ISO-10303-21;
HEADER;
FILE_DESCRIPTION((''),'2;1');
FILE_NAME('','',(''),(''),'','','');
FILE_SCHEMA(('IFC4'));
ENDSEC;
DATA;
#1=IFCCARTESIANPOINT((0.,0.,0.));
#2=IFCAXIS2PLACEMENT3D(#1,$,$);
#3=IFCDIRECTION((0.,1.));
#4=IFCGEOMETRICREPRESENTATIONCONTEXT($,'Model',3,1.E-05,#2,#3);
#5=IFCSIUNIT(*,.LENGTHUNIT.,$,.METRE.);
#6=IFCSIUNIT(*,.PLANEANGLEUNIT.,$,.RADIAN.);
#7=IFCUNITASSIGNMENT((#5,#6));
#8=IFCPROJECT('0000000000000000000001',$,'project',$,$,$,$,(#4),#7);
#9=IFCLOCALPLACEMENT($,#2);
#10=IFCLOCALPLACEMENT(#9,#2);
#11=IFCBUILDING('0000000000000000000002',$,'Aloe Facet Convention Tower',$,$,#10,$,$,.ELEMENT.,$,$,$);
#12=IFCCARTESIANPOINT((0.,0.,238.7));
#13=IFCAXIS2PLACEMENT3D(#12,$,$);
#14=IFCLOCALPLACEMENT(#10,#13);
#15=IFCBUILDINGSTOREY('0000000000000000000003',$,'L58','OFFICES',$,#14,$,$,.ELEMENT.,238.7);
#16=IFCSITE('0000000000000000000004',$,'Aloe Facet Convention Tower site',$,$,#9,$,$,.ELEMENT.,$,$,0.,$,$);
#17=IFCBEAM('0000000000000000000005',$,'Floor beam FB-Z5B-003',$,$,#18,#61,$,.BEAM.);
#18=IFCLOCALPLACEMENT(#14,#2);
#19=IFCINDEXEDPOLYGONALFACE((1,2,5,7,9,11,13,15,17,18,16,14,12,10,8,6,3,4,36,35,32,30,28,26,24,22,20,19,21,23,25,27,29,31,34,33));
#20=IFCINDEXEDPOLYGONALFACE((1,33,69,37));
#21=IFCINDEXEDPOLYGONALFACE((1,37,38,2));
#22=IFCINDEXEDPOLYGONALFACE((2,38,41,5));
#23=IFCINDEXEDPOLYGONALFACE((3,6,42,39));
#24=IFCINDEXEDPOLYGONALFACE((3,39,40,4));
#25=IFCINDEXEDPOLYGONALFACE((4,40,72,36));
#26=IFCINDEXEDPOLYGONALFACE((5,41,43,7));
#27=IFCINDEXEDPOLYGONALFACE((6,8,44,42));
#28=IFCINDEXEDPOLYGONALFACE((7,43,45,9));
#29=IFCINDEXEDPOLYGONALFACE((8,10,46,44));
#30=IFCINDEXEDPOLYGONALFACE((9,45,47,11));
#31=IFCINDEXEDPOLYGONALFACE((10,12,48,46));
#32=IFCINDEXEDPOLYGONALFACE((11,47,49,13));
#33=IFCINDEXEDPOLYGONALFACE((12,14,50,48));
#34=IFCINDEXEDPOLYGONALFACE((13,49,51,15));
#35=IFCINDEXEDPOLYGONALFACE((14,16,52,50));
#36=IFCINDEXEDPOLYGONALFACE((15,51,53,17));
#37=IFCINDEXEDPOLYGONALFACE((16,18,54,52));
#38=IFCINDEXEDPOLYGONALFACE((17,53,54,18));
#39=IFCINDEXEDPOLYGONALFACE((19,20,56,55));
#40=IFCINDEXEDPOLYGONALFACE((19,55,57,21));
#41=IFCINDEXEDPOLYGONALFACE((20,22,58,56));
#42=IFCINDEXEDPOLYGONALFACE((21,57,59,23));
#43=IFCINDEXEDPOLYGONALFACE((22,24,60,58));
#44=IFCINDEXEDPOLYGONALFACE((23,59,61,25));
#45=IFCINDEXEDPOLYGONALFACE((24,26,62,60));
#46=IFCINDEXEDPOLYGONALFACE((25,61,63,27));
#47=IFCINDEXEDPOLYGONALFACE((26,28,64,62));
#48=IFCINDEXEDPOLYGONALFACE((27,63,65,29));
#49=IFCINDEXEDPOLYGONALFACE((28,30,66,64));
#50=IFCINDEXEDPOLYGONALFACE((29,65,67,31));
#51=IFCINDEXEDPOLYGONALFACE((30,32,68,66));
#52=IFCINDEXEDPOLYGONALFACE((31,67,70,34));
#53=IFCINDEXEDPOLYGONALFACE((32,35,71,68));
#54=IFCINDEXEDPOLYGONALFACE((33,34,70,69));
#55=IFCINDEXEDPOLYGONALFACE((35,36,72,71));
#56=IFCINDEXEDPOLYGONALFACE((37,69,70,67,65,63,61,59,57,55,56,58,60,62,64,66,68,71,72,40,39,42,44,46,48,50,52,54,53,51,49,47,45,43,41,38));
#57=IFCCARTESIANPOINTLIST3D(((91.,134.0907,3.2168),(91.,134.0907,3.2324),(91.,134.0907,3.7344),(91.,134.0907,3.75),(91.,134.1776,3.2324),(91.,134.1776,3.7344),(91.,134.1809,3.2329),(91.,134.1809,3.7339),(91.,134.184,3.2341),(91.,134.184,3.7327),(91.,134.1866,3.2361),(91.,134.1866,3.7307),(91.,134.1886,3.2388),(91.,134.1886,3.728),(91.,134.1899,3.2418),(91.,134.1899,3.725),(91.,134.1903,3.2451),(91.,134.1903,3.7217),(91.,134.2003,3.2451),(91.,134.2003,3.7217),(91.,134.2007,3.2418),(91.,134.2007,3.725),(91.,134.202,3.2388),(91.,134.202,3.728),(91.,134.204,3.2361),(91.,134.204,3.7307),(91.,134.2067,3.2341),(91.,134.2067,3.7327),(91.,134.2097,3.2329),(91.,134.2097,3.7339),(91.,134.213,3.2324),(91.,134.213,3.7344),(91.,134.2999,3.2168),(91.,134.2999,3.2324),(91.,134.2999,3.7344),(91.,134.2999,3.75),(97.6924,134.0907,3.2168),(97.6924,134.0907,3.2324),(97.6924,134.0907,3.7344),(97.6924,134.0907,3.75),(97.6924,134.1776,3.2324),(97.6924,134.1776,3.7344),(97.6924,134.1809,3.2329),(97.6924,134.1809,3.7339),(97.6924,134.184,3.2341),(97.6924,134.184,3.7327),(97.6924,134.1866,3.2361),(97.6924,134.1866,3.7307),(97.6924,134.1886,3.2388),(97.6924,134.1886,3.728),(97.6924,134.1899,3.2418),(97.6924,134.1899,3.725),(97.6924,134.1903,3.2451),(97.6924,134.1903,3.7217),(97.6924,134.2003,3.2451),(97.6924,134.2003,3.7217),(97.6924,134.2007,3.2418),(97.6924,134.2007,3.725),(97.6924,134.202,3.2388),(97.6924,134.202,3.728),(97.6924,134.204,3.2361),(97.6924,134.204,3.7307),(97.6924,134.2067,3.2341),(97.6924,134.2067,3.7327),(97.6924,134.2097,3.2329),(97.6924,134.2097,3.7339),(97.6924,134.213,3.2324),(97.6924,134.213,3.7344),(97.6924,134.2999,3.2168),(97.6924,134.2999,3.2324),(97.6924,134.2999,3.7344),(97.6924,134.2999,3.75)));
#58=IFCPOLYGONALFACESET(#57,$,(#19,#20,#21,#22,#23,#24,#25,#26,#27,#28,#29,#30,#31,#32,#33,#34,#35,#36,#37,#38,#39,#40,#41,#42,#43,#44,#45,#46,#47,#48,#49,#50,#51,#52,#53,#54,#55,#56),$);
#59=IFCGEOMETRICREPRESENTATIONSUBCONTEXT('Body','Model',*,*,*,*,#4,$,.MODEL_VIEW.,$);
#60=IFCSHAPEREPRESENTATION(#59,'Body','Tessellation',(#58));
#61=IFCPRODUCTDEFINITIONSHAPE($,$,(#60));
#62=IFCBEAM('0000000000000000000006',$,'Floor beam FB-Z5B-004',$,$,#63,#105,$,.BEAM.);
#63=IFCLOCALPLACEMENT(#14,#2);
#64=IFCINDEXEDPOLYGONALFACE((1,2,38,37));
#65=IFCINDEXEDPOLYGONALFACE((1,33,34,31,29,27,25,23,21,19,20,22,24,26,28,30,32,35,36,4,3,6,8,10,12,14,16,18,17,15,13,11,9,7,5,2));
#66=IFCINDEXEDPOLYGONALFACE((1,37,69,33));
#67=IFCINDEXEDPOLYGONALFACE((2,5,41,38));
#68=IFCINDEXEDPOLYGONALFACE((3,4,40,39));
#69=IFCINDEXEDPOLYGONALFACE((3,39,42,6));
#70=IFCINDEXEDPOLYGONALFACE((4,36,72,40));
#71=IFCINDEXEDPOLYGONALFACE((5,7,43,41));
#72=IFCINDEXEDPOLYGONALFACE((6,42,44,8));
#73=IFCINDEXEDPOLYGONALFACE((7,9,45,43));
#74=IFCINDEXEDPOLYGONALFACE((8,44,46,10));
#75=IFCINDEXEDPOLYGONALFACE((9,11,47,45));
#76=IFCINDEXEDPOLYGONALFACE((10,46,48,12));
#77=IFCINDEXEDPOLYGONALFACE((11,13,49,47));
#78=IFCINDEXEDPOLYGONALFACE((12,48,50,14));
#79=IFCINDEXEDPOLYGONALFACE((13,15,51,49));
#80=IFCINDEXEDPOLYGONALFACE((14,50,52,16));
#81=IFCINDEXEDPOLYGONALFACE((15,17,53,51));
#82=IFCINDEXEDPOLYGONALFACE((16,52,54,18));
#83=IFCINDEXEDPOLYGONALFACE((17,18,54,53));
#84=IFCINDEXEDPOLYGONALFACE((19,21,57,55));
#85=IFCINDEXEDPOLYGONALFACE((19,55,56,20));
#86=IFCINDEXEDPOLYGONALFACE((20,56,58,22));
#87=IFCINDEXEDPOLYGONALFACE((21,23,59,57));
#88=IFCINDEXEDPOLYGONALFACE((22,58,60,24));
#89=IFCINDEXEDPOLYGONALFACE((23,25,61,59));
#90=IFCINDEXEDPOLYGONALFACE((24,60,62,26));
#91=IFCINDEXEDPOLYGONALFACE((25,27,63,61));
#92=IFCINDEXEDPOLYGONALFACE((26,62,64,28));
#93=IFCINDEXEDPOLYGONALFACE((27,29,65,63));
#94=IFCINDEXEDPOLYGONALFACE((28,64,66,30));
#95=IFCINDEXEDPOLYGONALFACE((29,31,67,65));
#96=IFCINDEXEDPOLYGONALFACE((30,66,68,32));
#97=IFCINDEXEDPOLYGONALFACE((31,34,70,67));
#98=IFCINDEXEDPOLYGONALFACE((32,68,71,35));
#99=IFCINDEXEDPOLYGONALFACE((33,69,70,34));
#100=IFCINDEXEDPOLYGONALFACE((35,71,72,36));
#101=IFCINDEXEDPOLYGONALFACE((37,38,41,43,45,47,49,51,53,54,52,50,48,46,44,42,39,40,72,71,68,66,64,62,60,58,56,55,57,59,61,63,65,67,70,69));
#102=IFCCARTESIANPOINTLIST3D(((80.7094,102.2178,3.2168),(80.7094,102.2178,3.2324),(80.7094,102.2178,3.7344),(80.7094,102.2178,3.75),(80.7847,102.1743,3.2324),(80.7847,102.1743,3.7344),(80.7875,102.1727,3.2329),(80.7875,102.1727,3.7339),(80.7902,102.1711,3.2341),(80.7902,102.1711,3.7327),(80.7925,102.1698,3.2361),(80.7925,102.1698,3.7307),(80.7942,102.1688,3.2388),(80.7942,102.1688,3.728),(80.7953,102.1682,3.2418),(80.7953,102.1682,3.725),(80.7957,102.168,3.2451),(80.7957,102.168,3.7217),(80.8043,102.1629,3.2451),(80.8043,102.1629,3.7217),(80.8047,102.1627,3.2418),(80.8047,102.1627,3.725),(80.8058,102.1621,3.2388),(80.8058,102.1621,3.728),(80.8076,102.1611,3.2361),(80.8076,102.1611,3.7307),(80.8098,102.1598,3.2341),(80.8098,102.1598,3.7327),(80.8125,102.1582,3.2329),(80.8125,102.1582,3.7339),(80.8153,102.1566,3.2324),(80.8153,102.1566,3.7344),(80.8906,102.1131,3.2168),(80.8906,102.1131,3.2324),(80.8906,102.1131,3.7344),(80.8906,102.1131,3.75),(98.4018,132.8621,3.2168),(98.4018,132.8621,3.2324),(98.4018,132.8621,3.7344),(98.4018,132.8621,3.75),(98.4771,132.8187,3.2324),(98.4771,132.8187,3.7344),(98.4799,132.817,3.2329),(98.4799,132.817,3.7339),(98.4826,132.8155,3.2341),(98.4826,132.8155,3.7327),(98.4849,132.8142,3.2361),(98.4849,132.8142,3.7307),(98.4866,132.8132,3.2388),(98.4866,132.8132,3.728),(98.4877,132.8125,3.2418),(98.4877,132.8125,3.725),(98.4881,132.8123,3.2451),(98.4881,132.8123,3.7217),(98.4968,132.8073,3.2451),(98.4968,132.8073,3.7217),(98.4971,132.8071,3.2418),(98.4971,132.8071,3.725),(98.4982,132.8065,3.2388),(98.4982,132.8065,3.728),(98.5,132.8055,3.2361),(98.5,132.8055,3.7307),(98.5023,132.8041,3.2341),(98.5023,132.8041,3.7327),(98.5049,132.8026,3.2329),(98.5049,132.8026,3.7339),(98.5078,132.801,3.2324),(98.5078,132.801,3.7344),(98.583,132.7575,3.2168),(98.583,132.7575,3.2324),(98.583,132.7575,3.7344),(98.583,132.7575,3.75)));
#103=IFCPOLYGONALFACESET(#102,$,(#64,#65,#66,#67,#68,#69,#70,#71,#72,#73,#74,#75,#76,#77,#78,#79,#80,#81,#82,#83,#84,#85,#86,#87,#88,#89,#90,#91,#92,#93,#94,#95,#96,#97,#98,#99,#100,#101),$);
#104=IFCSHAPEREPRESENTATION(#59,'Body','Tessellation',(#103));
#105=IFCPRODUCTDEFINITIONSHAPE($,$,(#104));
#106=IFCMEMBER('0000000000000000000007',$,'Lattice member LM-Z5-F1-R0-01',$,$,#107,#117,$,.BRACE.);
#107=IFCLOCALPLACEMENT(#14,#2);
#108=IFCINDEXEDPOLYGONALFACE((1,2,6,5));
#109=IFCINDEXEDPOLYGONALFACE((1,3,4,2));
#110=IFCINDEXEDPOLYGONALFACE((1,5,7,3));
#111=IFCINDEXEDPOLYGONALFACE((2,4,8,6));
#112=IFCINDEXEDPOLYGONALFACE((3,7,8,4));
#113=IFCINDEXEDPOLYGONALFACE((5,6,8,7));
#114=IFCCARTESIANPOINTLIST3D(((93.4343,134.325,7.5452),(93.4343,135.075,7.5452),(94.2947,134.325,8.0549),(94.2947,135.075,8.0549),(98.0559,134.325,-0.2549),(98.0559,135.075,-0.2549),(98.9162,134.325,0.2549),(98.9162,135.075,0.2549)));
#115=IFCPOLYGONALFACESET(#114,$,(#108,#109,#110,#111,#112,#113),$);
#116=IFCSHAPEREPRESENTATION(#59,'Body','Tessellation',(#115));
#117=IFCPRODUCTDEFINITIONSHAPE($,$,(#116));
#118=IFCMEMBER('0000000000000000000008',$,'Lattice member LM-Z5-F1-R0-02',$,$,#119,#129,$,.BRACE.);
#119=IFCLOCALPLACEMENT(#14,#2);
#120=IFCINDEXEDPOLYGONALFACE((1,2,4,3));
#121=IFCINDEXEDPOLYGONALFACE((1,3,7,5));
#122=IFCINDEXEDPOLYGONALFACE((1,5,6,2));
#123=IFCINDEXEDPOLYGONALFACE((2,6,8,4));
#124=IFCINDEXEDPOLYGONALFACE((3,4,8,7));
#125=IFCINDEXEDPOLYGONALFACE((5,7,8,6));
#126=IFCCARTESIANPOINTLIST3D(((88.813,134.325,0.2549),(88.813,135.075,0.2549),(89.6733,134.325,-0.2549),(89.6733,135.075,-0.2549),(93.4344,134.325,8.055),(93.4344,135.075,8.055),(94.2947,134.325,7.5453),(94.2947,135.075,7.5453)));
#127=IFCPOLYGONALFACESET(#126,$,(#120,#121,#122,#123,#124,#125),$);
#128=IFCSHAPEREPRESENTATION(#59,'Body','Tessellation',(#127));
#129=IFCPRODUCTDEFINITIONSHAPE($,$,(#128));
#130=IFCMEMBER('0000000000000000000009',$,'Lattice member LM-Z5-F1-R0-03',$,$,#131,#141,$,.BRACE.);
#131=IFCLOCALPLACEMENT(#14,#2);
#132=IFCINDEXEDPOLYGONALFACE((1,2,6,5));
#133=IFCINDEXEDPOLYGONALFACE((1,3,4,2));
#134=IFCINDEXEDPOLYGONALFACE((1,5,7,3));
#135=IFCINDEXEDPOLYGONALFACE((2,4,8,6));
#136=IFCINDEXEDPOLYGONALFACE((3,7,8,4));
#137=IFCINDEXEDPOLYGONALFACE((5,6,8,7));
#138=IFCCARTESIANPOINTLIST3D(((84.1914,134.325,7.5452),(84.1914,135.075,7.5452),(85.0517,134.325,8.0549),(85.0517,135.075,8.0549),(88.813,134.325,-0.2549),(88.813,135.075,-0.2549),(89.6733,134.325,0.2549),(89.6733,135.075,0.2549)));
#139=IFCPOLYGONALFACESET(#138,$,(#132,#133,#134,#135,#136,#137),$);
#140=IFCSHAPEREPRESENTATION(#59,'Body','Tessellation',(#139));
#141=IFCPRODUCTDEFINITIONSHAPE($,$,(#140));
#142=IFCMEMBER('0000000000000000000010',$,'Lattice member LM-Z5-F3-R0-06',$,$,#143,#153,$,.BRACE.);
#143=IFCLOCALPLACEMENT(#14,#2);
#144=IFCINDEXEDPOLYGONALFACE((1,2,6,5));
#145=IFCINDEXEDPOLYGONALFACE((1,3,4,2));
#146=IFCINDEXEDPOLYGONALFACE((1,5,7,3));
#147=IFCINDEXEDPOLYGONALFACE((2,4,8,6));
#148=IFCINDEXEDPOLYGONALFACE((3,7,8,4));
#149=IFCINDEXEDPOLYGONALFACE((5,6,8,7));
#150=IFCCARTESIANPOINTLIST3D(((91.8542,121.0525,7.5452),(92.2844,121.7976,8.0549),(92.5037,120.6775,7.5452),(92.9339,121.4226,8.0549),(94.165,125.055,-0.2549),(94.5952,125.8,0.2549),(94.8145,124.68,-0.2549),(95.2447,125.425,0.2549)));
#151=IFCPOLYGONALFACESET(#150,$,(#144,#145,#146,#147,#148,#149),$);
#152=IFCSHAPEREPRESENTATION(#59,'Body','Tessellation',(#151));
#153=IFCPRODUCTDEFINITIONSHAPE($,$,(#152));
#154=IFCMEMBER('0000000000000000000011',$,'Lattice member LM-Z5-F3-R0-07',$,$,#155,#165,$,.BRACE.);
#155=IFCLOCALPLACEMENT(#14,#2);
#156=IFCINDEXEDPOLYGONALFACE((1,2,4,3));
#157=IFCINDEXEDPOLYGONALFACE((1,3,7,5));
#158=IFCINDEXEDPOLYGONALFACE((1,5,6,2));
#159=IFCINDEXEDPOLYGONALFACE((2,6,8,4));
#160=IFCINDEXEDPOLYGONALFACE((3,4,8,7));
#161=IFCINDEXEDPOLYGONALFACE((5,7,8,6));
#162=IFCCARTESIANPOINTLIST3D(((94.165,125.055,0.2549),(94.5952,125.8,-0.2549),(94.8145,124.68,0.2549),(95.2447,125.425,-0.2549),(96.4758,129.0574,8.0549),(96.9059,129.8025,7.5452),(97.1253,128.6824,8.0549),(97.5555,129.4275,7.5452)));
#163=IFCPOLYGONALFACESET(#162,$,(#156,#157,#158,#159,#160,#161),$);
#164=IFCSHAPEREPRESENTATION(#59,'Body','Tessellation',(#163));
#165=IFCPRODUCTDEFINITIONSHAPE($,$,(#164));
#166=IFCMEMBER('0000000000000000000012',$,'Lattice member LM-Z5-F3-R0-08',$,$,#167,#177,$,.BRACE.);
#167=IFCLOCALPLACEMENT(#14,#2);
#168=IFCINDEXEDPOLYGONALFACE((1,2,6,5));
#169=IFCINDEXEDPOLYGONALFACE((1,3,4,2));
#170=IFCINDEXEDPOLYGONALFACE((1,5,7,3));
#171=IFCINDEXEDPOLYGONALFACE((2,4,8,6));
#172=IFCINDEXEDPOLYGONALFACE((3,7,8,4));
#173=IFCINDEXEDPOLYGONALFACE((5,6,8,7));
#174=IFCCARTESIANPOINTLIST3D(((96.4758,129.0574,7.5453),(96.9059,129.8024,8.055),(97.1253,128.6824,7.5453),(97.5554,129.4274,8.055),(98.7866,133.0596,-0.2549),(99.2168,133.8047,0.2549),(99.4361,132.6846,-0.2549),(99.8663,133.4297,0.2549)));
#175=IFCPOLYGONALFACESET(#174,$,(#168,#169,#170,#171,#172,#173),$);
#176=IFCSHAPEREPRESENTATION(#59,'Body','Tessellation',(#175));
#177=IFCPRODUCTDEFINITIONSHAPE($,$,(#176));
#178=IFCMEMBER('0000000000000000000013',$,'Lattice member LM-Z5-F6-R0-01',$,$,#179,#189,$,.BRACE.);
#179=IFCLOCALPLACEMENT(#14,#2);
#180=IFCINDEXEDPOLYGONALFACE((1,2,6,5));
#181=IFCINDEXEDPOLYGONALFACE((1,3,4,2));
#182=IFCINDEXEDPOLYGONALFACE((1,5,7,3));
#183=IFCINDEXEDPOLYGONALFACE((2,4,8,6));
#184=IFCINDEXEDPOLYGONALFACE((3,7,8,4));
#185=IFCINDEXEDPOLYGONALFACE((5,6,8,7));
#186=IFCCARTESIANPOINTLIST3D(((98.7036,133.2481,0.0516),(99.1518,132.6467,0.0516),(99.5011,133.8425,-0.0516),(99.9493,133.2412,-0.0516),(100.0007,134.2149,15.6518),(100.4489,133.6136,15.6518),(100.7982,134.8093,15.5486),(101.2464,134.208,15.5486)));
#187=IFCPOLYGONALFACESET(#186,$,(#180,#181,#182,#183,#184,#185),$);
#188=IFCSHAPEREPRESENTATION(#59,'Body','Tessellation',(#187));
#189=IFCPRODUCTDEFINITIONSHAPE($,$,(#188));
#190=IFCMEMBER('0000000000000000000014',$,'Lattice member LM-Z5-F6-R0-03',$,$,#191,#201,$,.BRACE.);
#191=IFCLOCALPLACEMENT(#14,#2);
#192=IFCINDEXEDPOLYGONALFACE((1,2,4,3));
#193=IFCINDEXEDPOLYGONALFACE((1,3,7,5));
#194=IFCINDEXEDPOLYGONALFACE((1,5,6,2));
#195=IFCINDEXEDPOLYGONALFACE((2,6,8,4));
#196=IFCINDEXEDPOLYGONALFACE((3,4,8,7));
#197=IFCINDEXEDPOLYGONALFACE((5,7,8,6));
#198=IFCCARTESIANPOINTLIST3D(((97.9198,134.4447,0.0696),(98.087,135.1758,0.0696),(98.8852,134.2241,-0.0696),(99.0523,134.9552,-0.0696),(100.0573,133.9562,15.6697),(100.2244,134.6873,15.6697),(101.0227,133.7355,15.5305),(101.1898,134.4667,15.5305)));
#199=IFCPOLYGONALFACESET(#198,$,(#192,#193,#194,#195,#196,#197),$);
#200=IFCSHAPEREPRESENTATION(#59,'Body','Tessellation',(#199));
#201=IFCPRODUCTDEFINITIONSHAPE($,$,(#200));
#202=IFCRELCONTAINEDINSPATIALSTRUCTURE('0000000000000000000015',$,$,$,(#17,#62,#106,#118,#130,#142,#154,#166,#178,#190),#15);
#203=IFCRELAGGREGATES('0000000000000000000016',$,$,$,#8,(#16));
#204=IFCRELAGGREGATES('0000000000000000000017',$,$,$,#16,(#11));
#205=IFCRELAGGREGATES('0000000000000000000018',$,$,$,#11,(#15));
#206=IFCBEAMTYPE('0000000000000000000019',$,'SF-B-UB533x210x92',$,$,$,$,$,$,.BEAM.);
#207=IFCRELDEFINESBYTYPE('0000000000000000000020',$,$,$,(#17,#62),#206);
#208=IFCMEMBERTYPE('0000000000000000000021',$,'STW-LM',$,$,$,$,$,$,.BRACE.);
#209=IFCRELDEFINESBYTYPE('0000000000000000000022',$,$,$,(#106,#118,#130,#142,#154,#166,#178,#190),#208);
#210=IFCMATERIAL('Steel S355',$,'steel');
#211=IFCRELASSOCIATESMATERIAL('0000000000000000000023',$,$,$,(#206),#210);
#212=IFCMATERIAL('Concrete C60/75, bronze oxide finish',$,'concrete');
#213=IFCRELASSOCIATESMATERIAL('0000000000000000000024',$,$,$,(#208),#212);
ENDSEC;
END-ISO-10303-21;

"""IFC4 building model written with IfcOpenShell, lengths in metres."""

from ifc_helpers import new_model, si_unit, direction, frame, origin, origin_2d, place, context, subcontext, project, spatial, rectangle, i_section, extrude, material, material_profile, profile_set, type_object, element, save


model = new_model("IFC4")

# Units and contexts
model_context = context("Model", 3, precision=1e-05, world=origin(), true_north=direction((0.0, 1.0)))
body_context = subcontext(model_context, "Body", "Model", "MODEL_VIEW")
ifc_project = project(units=[si_unit("LENGTHUNIT", "METRE"), si_unit("PLANEANGLEUNIT", "RADIAN")], contexts=[model_context])

# Site, building, storey
site_placement = place(None, origin())
site = spatial("IfcSite", under=ifc_project, at=site_placement, Name="Aloe Facet Convention Tower site", CompositionType="ELEMENT", RefElevation=0.0)
building_placement = place(site_placement, origin())
building = spatial("IfcBuilding", under=site, at=building_placement, Name="Aloe Facet Convention Tower", CompositionType="ELEMENT")
storey_placement = place(building_placement, frame((0.0, 0.0, 238.7)))
storey = spatial("IfcBuildingStorey", under=building, at=storey_placement, Name="L58", Description="OFFICES", CompositionType="ELEMENT", Elevation=238.7)

# Beams
ifc_material_1 = material(Name="Steel S355", Category="steel")
ifc_material_profile_1 = material_profile(ifc_material_1, i_section(OverallWidth=0.2092, OverallDepth=0.5332, WebThickness=0.01, FlangeThickness=0.0156, FilletRadius=0.0127, at=origin_2d()), Name="UB 533x210x92")
ifc_profile_set_1 = profile_set([ifc_material_profile_1], Name="Steel S355")
beam_type_1 = type_object("IfcBeamType", Name="SF-B-UB533x210x92", PredefinedType="BEAM", material=ifc_profile_set_1)
beam_1_placement = place(storey_placement, frame((91.0, 134.1953, 3.4834), z_axis=(1.0, 0.0, 0.0), x_axis=(0.0, 1.0, 0.0)))
element("IfcBeam", 1, at=beam_1_placement, inside=storey, type_object=beam_type_1, Name="Floor beam FB-Z5B-003", PredefinedType="BEAM", context=body_context, shape_type="SweptSolid", body=[
    extrude(i_section(OverallWidth=0.2092, OverallDepth=0.5332, WebThickness=0.01, FlangeThickness=0.0156, FilletRadius=0.0127, at=origin_2d()), origin(), (0.0, 0.0, 1.0), 6.6924),
])
beam_2_placement = place(storey_placement, frame((98.4924, 132.8098, 3.4834), z_axis=(-0.499998, -0.866027, 0.0), x_axis=(0.866027, -0.499998, 0.0)))
element("IfcBeam", 2, at=beam_2_placement, inside=storey, type_object=beam_type_1, Name="Floor beam FB-Z5B-004", PredefinedType="BEAM", context=body_context, shape_type="SweptSolid", body=[
    extrude(i_section(OverallWidth=0.2092, OverallDepth=0.5332, WebThickness=0.01, FlangeThickness=0.0156, FilletRadius=0.0127, at=origin_2d()), origin(), (0.0, 0.0, 1.0), 35.385),
])

# Members
ifc_material_2 = material(Name="Concrete C60/75, bronze oxide finish", Category="concrete")
ifc_material_profile_2 = material_profile(ifc_material_2, rectangle(XDim=0.75, YDim=1.0, at=origin_2d()), Name="STW-LM")
ifc_profile_set_2 = profile_set([ifc_material_profile_2], Name="Concrete C60/75, bronze oxide finish")
member_type = type_object("IfcMemberType", Name="STW-LM", PredefinedType="BRACE", material=ifc_profile_set_2)
for number, where, z_axis, x_axis, name in (
    (3, (98.4861, 134.7, 0.0), (-0.509748, 0.0, 0.860324), (0.0, -1.0, 0.0), "Lattice member LM-Z5-F1-R0-01"),
    (4, (89.2432, 134.7, 0.0), (0.509728, 0.0, 0.860336), (0.0, 1.0, 0.0), "Lattice member LM-Z5-F1-R0-02"),
    (5, (89.2432, 134.7, 0.0), (-0.509748, 0.0, 0.860324), (0.0, -1.0, 0.0), "Lattice member LM-Z5-F1-R0-03"),
    (6, (94.7048, 125.24, 0.0), (-0.254873, -0.441458, 0.860322), (0.866027, -0.499997, 0.0), "Lattice member LM-Z5-F3-R0-06"),
    (7, (94.7048, 125.24, 0.0), (0.254873, 0.441458, 0.860322), (-0.866027, 0.499997, 0.0), "Lattice member LM-Z5-F3-R0-07"),
    (8, (99.3264, 133.2446, 0.0), (-0.254876, -0.441436, 0.860333), (0.866014, -0.50002, 0.0), "Lattice member LM-Z5-F3-R0-08"),
):
    element("IfcMember", number, at=place(storey_placement, frame(where, z_axis=z_axis, x_axis=x_axis)), inside=storey, type_object=member_type, Name=name, PredefinedType="BRACE", context=body_context, shape_type="SweptSolid", body=[
        extrude(rectangle(XDim=0.75, YDim=1.0, at=origin_2d()), origin(), (0.0, 0.0, 1.0), 9.0664),
    ])
member_1_placement = place(storey_placement, frame((99.3264, 133.2446, 0.0), z_axis=(0.082705, 0.061643, 0.994666), x_axis=(-0.597607, 0.801789, 0.0)))
element("IfcMember", 9, at=member_1_placement, inside=storey, type_object=member_type, Name="Lattice member LM-Z5-F6-R0-01", PredefinedType="BRACE", context=body_context, shape_type="SweptSolid", body=[
    extrude(rectangle(XDim=0.75, YDim=1.0, at=origin_2d()), origin(), (0.0, 0.0, 1.0), 15.6838),
])
member_2_placement = place(storey_placement, frame((98.4861, 134.7, 0.0), z_axis=(0.135682, -0.031011, 0.990267), x_axis=(0.22281, 0.974862, 0.0)))
element("IfcMember", 10, at=member_2_placement, inside=storey, type_object=member_type, Name="Lattice member LM-Z5-F6-R0-03", PredefinedType="BRACE", context=body_context, shape_type="SweptSolid", body=[
    extrude(rectangle(XDim=0.75, YDim=1.0, at=origin_2d()), origin(), (0.0, 0.0, 1.0), 15.7534),
])

save(model, "model.ifc")
